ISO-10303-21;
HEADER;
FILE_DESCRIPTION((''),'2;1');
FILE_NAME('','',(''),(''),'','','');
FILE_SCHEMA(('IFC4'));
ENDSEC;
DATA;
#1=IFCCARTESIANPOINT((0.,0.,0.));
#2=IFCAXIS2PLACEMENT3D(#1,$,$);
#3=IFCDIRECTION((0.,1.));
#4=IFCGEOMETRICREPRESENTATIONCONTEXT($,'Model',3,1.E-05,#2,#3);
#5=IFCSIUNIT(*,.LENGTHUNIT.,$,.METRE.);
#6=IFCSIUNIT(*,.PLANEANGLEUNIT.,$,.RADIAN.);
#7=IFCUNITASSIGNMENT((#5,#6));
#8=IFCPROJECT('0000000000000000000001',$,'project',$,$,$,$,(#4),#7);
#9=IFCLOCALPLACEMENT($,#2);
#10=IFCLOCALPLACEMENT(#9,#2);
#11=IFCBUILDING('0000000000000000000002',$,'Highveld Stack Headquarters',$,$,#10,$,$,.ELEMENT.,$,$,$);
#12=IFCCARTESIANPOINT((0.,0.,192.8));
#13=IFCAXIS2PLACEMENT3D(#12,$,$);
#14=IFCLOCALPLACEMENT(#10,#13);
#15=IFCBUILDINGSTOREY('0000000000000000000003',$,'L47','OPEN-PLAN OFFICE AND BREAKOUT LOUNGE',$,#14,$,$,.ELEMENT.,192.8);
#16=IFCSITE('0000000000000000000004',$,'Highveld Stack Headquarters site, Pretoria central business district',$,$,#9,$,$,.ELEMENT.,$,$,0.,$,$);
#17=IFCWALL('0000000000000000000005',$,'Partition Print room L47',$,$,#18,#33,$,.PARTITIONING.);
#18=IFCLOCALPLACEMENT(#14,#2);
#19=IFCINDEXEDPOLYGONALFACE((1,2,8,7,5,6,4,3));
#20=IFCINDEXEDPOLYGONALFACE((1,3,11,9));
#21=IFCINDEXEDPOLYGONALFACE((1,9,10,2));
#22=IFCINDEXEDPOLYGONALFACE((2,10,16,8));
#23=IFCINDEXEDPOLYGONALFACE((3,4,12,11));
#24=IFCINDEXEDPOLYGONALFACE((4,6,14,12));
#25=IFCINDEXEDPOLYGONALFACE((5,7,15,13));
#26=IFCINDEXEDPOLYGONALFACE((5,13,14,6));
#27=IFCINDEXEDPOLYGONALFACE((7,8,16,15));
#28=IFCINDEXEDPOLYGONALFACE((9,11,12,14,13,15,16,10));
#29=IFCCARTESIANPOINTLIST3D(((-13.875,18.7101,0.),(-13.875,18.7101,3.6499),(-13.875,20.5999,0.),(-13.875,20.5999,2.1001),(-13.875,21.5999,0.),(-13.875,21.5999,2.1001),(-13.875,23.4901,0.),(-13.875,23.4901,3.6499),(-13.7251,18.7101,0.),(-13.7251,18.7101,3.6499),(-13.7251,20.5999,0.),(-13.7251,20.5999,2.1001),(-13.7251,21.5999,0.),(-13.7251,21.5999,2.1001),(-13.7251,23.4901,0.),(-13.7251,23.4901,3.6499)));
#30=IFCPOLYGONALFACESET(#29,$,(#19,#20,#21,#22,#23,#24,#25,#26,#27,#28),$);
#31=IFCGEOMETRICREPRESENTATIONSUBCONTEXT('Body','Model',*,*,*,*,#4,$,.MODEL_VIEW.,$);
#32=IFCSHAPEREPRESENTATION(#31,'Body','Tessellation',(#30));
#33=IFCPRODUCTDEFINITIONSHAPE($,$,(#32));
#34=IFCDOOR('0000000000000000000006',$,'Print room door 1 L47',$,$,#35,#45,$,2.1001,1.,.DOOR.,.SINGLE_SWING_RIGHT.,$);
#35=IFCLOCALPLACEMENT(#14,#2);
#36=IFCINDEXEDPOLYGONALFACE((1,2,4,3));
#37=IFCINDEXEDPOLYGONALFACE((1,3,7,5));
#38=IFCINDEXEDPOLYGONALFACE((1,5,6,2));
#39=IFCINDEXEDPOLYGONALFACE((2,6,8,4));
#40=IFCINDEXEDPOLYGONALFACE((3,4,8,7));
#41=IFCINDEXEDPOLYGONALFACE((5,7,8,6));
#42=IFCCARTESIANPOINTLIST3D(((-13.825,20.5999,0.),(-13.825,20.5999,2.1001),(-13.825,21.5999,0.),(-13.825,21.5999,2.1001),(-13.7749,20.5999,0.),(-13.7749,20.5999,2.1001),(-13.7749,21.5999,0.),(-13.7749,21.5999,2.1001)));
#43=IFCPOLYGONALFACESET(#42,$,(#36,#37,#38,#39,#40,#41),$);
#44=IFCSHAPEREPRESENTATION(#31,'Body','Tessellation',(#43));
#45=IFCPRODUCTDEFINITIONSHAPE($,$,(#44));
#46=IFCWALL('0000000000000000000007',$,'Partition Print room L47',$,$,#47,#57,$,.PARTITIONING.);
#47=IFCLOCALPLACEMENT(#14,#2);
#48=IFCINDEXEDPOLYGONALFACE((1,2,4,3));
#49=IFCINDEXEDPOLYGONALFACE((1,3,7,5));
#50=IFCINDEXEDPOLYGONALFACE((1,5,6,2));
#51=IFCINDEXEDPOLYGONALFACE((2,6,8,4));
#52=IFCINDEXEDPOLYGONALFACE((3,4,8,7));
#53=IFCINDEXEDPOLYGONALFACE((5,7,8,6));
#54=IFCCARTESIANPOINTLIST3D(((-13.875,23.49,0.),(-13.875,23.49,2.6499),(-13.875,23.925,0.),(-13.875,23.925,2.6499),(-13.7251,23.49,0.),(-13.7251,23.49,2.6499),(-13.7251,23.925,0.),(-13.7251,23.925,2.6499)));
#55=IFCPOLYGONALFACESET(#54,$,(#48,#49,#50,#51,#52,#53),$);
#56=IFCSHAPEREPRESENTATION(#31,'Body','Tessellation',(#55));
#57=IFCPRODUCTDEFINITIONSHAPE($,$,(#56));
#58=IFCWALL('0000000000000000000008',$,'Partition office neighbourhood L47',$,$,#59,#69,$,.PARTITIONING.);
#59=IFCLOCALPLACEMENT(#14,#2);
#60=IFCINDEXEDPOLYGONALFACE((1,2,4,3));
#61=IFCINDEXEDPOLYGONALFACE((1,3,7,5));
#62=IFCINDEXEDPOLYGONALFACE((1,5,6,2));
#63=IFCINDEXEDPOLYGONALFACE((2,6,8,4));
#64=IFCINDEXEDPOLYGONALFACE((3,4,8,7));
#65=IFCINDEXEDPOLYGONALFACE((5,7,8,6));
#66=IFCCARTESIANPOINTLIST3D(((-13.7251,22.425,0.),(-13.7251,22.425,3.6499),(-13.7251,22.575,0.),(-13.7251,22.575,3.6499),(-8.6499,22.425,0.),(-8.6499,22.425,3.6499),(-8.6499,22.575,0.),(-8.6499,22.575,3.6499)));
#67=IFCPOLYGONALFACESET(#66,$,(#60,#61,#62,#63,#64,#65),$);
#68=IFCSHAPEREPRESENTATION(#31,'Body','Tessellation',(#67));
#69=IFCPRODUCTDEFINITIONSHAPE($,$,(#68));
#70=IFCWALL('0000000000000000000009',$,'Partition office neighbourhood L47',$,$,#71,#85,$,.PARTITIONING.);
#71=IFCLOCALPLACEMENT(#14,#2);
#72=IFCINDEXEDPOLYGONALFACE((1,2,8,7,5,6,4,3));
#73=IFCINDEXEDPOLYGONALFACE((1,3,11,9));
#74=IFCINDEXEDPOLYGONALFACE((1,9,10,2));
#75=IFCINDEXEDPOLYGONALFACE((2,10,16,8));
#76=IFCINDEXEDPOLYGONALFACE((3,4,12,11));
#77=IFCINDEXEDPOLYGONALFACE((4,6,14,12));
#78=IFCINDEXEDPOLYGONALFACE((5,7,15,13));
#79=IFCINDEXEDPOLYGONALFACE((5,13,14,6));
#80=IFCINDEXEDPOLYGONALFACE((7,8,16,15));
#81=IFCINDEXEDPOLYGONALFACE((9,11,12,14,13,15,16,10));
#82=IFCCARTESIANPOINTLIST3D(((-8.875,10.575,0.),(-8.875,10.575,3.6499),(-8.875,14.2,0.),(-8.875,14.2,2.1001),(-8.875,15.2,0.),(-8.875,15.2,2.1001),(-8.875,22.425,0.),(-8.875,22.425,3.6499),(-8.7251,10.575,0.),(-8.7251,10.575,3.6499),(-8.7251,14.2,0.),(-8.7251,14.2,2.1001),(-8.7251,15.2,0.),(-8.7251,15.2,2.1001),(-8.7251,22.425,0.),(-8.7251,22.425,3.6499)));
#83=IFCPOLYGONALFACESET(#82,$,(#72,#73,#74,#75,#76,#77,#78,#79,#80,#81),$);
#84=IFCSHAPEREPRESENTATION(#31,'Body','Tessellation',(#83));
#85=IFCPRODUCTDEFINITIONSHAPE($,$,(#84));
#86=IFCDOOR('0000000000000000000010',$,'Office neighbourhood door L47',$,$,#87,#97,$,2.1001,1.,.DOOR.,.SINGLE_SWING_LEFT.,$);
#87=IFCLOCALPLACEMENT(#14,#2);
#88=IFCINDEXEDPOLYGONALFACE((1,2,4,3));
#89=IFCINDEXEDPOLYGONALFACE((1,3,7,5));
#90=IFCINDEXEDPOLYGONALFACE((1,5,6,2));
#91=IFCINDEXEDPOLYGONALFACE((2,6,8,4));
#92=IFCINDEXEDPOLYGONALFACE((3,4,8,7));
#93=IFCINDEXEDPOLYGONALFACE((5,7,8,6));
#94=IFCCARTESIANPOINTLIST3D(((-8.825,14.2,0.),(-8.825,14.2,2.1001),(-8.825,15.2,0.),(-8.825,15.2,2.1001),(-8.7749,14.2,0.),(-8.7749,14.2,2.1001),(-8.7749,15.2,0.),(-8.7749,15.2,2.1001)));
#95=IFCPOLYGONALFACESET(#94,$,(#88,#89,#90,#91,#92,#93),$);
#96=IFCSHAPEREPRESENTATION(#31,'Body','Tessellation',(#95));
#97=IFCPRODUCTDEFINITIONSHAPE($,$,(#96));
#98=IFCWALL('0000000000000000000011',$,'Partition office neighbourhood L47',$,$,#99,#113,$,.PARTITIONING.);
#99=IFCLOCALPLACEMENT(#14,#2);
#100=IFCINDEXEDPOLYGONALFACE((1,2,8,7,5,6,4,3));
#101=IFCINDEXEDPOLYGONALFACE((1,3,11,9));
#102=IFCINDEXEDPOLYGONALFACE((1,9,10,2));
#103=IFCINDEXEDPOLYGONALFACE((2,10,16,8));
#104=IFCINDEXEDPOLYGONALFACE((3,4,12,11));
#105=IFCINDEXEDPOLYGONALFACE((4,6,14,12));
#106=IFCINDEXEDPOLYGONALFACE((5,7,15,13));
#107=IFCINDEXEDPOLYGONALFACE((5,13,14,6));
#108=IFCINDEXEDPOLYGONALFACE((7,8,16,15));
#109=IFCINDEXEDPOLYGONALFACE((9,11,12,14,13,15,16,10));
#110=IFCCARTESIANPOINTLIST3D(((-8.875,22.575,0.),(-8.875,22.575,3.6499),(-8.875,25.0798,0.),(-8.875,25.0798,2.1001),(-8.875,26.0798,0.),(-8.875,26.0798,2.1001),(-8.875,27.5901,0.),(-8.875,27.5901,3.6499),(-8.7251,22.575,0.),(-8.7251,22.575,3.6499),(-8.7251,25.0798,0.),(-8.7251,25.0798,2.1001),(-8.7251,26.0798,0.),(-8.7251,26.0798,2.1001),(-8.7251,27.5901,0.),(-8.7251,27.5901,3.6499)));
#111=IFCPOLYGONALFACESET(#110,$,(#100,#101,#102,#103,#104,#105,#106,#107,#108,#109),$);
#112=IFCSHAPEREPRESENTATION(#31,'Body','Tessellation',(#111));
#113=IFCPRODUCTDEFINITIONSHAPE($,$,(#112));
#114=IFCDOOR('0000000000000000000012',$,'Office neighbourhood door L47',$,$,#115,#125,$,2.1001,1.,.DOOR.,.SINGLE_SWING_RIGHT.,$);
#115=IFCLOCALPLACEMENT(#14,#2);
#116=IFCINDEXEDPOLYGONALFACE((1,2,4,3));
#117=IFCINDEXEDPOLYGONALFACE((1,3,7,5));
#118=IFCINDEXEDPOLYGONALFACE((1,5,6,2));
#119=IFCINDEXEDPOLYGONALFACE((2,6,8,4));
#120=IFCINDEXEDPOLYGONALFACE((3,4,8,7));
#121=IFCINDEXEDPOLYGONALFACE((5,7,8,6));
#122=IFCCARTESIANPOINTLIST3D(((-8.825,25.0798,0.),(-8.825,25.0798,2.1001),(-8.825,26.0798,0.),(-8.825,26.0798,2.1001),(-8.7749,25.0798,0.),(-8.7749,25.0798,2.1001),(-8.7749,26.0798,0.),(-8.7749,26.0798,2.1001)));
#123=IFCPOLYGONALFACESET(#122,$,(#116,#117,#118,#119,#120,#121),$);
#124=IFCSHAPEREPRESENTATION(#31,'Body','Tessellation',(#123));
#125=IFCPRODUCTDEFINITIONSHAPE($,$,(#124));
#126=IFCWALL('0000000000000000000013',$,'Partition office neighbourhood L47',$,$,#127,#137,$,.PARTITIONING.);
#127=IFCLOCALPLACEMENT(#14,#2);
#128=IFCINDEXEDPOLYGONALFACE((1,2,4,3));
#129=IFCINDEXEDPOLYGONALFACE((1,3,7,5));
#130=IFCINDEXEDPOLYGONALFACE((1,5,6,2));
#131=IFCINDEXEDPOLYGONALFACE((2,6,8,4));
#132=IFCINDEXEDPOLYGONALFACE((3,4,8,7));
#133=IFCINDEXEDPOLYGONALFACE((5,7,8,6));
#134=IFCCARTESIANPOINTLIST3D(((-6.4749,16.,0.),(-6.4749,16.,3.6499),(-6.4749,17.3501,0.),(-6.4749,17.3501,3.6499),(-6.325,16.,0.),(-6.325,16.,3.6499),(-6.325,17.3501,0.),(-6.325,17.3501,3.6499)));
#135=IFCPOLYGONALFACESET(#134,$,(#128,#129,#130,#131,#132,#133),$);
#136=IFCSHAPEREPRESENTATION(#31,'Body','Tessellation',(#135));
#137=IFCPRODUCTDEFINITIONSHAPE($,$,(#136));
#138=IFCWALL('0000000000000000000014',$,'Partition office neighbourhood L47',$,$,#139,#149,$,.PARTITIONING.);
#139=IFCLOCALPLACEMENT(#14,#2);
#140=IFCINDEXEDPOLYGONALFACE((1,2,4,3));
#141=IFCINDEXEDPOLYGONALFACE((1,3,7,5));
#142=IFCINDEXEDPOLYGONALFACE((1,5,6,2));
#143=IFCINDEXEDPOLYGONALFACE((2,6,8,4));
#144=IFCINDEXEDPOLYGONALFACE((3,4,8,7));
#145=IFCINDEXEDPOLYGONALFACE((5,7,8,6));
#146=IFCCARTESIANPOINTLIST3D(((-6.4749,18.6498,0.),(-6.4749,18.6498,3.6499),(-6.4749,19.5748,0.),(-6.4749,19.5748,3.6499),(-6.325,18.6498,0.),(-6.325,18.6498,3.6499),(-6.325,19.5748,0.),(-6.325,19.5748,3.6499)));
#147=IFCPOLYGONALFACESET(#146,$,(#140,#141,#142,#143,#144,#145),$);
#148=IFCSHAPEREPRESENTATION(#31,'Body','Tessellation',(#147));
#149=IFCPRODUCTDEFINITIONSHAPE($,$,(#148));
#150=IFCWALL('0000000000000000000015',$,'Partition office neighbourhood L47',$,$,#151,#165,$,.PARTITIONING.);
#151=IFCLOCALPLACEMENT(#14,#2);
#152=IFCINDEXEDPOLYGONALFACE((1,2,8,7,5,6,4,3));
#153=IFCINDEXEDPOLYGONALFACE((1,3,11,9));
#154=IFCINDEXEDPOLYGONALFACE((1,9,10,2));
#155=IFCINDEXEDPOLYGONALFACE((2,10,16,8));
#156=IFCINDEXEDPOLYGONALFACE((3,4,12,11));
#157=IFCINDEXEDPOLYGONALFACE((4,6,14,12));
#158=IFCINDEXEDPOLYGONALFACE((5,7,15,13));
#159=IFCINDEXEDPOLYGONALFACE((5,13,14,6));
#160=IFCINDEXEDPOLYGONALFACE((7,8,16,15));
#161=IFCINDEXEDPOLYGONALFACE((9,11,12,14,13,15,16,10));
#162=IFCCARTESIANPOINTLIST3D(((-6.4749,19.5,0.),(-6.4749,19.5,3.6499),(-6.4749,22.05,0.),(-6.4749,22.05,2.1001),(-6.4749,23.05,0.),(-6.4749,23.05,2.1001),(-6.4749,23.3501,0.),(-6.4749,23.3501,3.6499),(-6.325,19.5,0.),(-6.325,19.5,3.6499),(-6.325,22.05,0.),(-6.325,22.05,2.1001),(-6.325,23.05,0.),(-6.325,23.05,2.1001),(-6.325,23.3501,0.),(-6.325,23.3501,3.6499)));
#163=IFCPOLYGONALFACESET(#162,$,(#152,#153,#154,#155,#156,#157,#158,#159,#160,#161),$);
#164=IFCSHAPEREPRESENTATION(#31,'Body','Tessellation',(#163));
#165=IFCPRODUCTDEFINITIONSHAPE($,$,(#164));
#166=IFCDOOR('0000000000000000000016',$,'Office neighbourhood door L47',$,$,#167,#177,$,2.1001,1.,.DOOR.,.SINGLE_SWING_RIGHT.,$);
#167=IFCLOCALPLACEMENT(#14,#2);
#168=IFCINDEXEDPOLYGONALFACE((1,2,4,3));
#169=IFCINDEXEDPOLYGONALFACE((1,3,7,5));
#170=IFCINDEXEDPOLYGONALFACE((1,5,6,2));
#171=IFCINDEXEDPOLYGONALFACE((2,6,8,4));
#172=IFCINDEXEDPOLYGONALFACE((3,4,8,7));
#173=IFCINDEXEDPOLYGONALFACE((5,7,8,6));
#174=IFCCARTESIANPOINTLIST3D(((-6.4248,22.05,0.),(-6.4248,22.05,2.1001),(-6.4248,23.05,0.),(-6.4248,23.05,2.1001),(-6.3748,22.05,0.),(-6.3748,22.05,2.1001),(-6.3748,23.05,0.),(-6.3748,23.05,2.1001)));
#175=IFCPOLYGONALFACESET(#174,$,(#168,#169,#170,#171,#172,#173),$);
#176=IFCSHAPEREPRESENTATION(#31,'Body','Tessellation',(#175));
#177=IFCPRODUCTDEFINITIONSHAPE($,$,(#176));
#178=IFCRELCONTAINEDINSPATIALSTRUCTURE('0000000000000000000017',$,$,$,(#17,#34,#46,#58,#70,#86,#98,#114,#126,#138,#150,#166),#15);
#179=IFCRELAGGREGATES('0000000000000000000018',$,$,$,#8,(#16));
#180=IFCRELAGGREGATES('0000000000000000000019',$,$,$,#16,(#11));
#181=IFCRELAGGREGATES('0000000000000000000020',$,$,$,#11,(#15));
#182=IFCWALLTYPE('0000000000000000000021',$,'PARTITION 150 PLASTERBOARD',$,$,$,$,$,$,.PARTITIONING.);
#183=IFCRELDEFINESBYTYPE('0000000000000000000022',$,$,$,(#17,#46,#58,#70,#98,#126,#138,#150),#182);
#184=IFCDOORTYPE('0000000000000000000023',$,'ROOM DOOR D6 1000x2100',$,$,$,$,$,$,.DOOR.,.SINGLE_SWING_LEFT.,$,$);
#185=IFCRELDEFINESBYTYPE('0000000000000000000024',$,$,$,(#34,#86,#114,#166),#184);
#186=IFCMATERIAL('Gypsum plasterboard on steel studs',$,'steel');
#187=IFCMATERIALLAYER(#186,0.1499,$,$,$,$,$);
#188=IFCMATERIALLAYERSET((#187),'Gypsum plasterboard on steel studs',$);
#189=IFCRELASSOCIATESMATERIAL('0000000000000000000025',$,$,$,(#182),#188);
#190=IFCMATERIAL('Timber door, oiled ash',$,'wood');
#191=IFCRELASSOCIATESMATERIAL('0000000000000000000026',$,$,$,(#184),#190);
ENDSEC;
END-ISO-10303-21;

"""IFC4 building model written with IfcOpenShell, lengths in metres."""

from ifc_helpers import new_model, si_unit, direction, frame, frame_2d, origin, place, context, subcontext, project, spatial, rectangle, extrude, material, layer, layer_set, type_object, element, fill, save


model = new_model("IFC4")

# Units and contexts
model_context = context("Model", 3, precision=1e-05, world=origin(), true_north=direction((0.0, 1.0)))
body_context = subcontext(model_context, "Body", "Model", "MODEL_VIEW")
ifc_project = project(units=[si_unit("LENGTHUNIT", "METRE"), si_unit("PLANEANGLEUNIT", "RADIAN")], contexts=[model_context])

# Site, building, storey
site_placement = place(None, origin())
site = spatial("IfcSite", under=ifc_project, at=site_placement, Name="Highveld Stack Headquarters site, Pretoria central business district", CompositionType="ELEMENT", RefElevation=0.0)
building_placement = place(site_placement, origin())
building = spatial("IfcBuilding", under=site, at=building_placement, Name="Highveld Stack Headquarters", CompositionType="ELEMENT")
storey_placement = place(building_placement, frame((0.0, 0.0, 192.8)))
storey = spatial("IfcBuildingStorey", under=building, at=storey_placement, Name="L47", Description="OPEN-PLAN OFFICE AND BREAKOUT LOUNGE", CompositionType="ELEMENT", Elevation=192.8)

# Shared definitions
ifc_material_1 = material(Name="Gypsum plasterboard on steel studs", Category="steel")
ifc_layer_1 = layer(ifc_material_1, 0.1499)
ifc_layer_set_1 = layer_set([ifc_layer_1], Name="Gypsum plasterboard on steel studs")
wall_type_1 = type_object("IfcWallType", Name="PARTITION 150 PLASTERBOARD", PredefinedType="PARTITIONING", material=ifc_layer_set_1)

# Wall, opening, door
wall_1_placement = place(storey_placement, frame((-13.8, 18.71, 0.0), z_axis=(0.0, 0.0, 1.0), x_axis=(0.0, 1.0, 0.0)))
wall_1 = element("IfcWall", 1, at=wall_1_placement, inside=storey, type_object=wall_type_1, Name="Partition Print room L47", PredefinedType="PARTITIONING", context=body_context, shape_type="SweptSolid", body=[
    extrude(rectangle(XDim=4.78, YDim=0.1499, at=frame_2d((2.3901, 0.0))), origin(), (0.0, 0.0, 1.0), 3.6499),
])
opening_1_placement = place(wall_1_placement, frame((1.8899, 0.0, 0.0)))
opening_1 = element("IfcOpeningElement", 2, at=opening_1_placement, cuts=wall_1, PredefinedType="OPENING", context=body_context, shape_type="SweptSolid", body=[
    extrude(rectangle(XDim=1.0, YDim=2.1001, at=frame_2d((0.5, 1.05))), frame((0.0, 0.085, 0.0), z_axis=(0.0, -1.0, 0.0), x_axis=(1.0, 0.0, 0.0)), (0.0, 0.0, 1.0), 0.1699),
])
ifc_material_2 = material(Name="Timber door, oiled ash", Category="wood")
door_type = type_object("IfcDoorType", Name="ROOM DOOR D6 1000x2100", OperationType="SINGLE_SWING_LEFT", PredefinedType="DOOR", material=ifc_material_2)
door_1_placement = place(opening_1_placement, origin())
door_1 = element("IfcDoor", 3, at=door_1_placement, inside=storey, type_object=door_type, Name="Print room door 1 L47", OperationType="SINGLE_SWING_RIGHT", OverallHeight=2.1001, OverallWidth=1.0, PredefinedType="DOOR", context=body_context, shape_type="SweptSolid", body=[
    extrude(rectangle(XDim=1.0, YDim=2.1001, at=frame_2d((0.5, 1.05))), frame((0.0, 0.0249, 0.0), z_axis=(0.0, -1.0, 0.0), x_axis=(1.0, 0.0, 0.0)), (0.0, 0.0, 1.0), 0.05),
])
fill(opening_1, door_1)

# Walls
wall_2_placement = place(storey_placement, frame((-13.8, 23.49, 0.0), z_axis=(0.0, 0.0, 1.0), x_axis=(0.0, 1.0, 0.0)))
element("IfcWall", 4, at=wall_2_placement, inside=storey, type_object=wall_type_1, Name="Partition Print room L47", PredefinedType="PARTITIONING", context=body_context, shape_type="SweptSolid", body=[
    extrude(rectangle(XDim=0.4351, YDim=0.1499, at=frame_2d((0.2175, 0.0))), origin(), (0.0, 0.0, 1.0), 2.6499),
])
wall_3_placement = place(storey_placement, frame((-13.7251, 22.5, 0.0), z_axis=(0.0, 0.0, 1.0), x_axis=(1.0, 0.0, 0.0)))
element("IfcWall", 5, at=wall_3_placement, inside=storey, type_object=wall_type_1, Name="Partition office neighbourhood L47", PredefinedType="PARTITIONING", context=body_context, shape_type="SweptSolid", body=[
    extrude(rectangle(XDim=5.0752, YDim=0.1499, at=frame_2d((2.5376, 0.0))), origin(), (0.0, 0.0, 1.0), 3.6499),
])

# Walls, openings, doors
wall_4_placement = place(storey_placement, frame((-8.8, 10.575, 0.0), z_axis=(0.0, 0.0, 1.0), x_axis=(0.0, 1.0, 0.0)))
wall_4 = element("IfcWall", 6, at=wall_4_placement, inside=storey, type_object=wall_type_1, Name="Partition office neighbourhood L47", PredefinedType="PARTITIONING", context=body_context, shape_type="SweptSolid", body=[
    extrude(rectangle(XDim=11.8501, YDim=0.1499, at=frame_2d((5.925, 0.0))), origin(), (0.0, 0.0, 1.0), 3.6499),
])
opening_2_placement = place(wall_4_placement, frame((3.625, 0.0, 0.0)))
opening_2 = element("IfcOpeningElement", 7, at=opening_2_placement, cuts=wall_4, PredefinedType="OPENING", context=body_context, shape_type="SweptSolid", body=[
    extrude(rectangle(XDim=1.0, YDim=2.1001, at=frame_2d((0.5, 1.05))), frame((0.0, 0.085, 0.0), z_axis=(0.0, -1.0, 0.0), x_axis=(1.0, 0.0, 0.0)), (0.0, 0.0, 1.0), 0.1699),
])
door_2_placement = place(opening_2_placement, origin())
door_2 = element("IfcDoor", 8, at=door_2_placement, inside=storey, type_object=door_type, Name="Office neighbourhood door L47", OperationType="SINGLE_SWING_LEFT", OverallHeight=2.1001, OverallWidth=1.0, PredefinedType="DOOR", context=body_context, shape_type="SweptSolid", body=[
    extrude(rectangle(XDim=1.0, YDim=2.1001, at=frame_2d((0.5, 1.05))), frame((0.0, 0.0249, 0.0), z_axis=(0.0, -1.0, 0.0), x_axis=(1.0, 0.0, 0.0)), (0.0, 0.0, 1.0), 0.05),
])
fill(opening_2, door_2)
wall_5_placement = place(storey_placement, frame((-8.8, 22.575, 0.0), z_axis=(0.0, 0.0, 1.0), x_axis=(0.0, 1.0, 0.0)))
wall_5 = element("IfcWall", 9, at=wall_5_placement, inside=storey, type_object=wall_type_1, Name="Partition office neighbourhood L47", PredefinedType="PARTITIONING", context=body_context, shape_type="SweptSolid", body=[
    extrude(rectangle(XDim=5.0151, YDim=0.1499, at=frame_2d((2.5076, 0.0))), origin(), (0.0, 0.0, 1.0), 3.6499),
])
opening_3_placement = place(wall_5_placement, frame((2.5049, 0.0, 0.0)))
opening_3 = element("IfcOpeningElement", 10, at=opening_3_placement, cuts=wall_5, PredefinedType="OPENING", context=body_context, shape_type="SweptSolid", body=[
    extrude(rectangle(XDim=1.0, YDim=2.1001, at=frame_2d((0.5, 1.05))), frame((0.0, 0.085, 0.0), z_axis=(0.0, -1.0, 0.0), x_axis=(1.0, 0.0, 0.0)), (0.0, 0.0, 1.0), 0.1699),
])
door_3_placement = place(opening_3_placement, origin())
door_3 = element("IfcDoor", 11, at=door_3_placement, inside=storey, type_object=door_type, Name="Office neighbourhood door L47", OperationType="SINGLE_SWING_RIGHT", OverallHeight=2.1001, OverallWidth=1.0, PredefinedType="DOOR", context=body_context, shape_type="SweptSolid", body=[
    extrude(rectangle(XDim=1.0, YDim=2.1001, at=frame_2d((0.5, 1.05))), frame((0.0, 0.0249, 0.0), z_axis=(0.0, -1.0, 0.0), x_axis=(1.0, 0.0, 0.0)), (0.0, 0.0, 1.0), 0.05),
])
fill(opening_3, door_3)

# Walls
wall_6_placement = place(storey_placement, frame((-6.3999, 16.0, 0.0), z_axis=(0.0, 0.0, 1.0), x_axis=(0.0, 1.0, 0.0)))
element("IfcWall", 12, at=wall_6_placement, inside=storey, type_object=wall_type_1, Name="Partition office neighbourhood L47", PredefinedType="PARTITIONING", context=body_context, shape_type="SweptSolid", body=[
    extrude(rectangle(XDim=1.3501, YDim=0.1499, at=frame_2d((0.675, 0.0))), origin(), (0.0, 0.0, 1.0), 3.6499),
])
wall_7_placement = place(storey_placement, frame((-6.3999, 18.6499, 0.0), z_axis=(0.0, 0.0, 1.0), x_axis=(0.0, 1.0, 0.0)))
element("IfcWall", 13, at=wall_7_placement, inside=storey, type_object=wall_type_1, Name="Partition office neighbourhood L47", PredefinedType="PARTITIONING", context=body_context, shape_type="SweptSolid", body=[
    extrude(rectangle(XDim=0.925, YDim=0.1499, at=frame_2d((0.4624, 0.0))), origin(), (0.0, 0.0, 1.0), 3.6499),
])

# Wall, opening, door
wall_8_placement = place(storey_placement, frame((-6.3999, 19.5, 0.0), z_axis=(0.0, 0.0, 1.0), x_axis=(0.0, 1.0, 0.0)))
wall_8 = element("IfcWall", 14, at=wall_8_placement, inside=storey, type_object=wall_type_1, Name="Partition office neighbourhood L47", PredefinedType="PARTITIONING", context=body_context, shape_type="SweptSolid", body=[
    extrude(rectangle(XDim=3.8501, YDim=0.1499, at=frame_2d((1.925, 0.0))), origin(), (0.0, 0.0, 1.0), 3.6499),
])
opening_4_placement = place(wall_8_placement, frame((2.55, 0.0, 0.0)))
opening_4 = element("IfcOpeningElement", 15, at=opening_4_placement, cuts=wall_8, PredefinedType="OPENING", context=body_context, shape_type="SweptSolid", body=[
    extrude(rectangle(XDim=1.0, YDim=2.1001, at=frame_2d((0.5, 1.05))), frame((0.0, 0.085, 0.0), z_axis=(0.0, -1.0, 0.0), x_axis=(1.0, 0.0, 0.0)), (0.0, 0.0, 1.0), 0.1699),
])
door_4_placement = place(opening_4_placement, origin())
door_4 = element("IfcDoor", 16, at=door_4_placement, inside=storey, type_object=door_type, Name="Office neighbourhood door L47", OperationType="SINGLE_SWING_RIGHT", OverallHeight=2.1001, OverallWidth=1.0, PredefinedType="DOOR", context=body_context, shape_type="SweptSolid", body=[
    extrude(rectangle(XDim=1.0, YDim=2.1001, at=frame_2d((0.5, 1.05))), frame((0.0, 0.0249, 0.0), z_axis=(0.0, -1.0, 0.0), x_axis=(1.0, 0.0, 0.0)), (0.0, 0.0, 1.0), 0.05),
])
fill(opening_4, door_4)

save(model, "model.ifc")
